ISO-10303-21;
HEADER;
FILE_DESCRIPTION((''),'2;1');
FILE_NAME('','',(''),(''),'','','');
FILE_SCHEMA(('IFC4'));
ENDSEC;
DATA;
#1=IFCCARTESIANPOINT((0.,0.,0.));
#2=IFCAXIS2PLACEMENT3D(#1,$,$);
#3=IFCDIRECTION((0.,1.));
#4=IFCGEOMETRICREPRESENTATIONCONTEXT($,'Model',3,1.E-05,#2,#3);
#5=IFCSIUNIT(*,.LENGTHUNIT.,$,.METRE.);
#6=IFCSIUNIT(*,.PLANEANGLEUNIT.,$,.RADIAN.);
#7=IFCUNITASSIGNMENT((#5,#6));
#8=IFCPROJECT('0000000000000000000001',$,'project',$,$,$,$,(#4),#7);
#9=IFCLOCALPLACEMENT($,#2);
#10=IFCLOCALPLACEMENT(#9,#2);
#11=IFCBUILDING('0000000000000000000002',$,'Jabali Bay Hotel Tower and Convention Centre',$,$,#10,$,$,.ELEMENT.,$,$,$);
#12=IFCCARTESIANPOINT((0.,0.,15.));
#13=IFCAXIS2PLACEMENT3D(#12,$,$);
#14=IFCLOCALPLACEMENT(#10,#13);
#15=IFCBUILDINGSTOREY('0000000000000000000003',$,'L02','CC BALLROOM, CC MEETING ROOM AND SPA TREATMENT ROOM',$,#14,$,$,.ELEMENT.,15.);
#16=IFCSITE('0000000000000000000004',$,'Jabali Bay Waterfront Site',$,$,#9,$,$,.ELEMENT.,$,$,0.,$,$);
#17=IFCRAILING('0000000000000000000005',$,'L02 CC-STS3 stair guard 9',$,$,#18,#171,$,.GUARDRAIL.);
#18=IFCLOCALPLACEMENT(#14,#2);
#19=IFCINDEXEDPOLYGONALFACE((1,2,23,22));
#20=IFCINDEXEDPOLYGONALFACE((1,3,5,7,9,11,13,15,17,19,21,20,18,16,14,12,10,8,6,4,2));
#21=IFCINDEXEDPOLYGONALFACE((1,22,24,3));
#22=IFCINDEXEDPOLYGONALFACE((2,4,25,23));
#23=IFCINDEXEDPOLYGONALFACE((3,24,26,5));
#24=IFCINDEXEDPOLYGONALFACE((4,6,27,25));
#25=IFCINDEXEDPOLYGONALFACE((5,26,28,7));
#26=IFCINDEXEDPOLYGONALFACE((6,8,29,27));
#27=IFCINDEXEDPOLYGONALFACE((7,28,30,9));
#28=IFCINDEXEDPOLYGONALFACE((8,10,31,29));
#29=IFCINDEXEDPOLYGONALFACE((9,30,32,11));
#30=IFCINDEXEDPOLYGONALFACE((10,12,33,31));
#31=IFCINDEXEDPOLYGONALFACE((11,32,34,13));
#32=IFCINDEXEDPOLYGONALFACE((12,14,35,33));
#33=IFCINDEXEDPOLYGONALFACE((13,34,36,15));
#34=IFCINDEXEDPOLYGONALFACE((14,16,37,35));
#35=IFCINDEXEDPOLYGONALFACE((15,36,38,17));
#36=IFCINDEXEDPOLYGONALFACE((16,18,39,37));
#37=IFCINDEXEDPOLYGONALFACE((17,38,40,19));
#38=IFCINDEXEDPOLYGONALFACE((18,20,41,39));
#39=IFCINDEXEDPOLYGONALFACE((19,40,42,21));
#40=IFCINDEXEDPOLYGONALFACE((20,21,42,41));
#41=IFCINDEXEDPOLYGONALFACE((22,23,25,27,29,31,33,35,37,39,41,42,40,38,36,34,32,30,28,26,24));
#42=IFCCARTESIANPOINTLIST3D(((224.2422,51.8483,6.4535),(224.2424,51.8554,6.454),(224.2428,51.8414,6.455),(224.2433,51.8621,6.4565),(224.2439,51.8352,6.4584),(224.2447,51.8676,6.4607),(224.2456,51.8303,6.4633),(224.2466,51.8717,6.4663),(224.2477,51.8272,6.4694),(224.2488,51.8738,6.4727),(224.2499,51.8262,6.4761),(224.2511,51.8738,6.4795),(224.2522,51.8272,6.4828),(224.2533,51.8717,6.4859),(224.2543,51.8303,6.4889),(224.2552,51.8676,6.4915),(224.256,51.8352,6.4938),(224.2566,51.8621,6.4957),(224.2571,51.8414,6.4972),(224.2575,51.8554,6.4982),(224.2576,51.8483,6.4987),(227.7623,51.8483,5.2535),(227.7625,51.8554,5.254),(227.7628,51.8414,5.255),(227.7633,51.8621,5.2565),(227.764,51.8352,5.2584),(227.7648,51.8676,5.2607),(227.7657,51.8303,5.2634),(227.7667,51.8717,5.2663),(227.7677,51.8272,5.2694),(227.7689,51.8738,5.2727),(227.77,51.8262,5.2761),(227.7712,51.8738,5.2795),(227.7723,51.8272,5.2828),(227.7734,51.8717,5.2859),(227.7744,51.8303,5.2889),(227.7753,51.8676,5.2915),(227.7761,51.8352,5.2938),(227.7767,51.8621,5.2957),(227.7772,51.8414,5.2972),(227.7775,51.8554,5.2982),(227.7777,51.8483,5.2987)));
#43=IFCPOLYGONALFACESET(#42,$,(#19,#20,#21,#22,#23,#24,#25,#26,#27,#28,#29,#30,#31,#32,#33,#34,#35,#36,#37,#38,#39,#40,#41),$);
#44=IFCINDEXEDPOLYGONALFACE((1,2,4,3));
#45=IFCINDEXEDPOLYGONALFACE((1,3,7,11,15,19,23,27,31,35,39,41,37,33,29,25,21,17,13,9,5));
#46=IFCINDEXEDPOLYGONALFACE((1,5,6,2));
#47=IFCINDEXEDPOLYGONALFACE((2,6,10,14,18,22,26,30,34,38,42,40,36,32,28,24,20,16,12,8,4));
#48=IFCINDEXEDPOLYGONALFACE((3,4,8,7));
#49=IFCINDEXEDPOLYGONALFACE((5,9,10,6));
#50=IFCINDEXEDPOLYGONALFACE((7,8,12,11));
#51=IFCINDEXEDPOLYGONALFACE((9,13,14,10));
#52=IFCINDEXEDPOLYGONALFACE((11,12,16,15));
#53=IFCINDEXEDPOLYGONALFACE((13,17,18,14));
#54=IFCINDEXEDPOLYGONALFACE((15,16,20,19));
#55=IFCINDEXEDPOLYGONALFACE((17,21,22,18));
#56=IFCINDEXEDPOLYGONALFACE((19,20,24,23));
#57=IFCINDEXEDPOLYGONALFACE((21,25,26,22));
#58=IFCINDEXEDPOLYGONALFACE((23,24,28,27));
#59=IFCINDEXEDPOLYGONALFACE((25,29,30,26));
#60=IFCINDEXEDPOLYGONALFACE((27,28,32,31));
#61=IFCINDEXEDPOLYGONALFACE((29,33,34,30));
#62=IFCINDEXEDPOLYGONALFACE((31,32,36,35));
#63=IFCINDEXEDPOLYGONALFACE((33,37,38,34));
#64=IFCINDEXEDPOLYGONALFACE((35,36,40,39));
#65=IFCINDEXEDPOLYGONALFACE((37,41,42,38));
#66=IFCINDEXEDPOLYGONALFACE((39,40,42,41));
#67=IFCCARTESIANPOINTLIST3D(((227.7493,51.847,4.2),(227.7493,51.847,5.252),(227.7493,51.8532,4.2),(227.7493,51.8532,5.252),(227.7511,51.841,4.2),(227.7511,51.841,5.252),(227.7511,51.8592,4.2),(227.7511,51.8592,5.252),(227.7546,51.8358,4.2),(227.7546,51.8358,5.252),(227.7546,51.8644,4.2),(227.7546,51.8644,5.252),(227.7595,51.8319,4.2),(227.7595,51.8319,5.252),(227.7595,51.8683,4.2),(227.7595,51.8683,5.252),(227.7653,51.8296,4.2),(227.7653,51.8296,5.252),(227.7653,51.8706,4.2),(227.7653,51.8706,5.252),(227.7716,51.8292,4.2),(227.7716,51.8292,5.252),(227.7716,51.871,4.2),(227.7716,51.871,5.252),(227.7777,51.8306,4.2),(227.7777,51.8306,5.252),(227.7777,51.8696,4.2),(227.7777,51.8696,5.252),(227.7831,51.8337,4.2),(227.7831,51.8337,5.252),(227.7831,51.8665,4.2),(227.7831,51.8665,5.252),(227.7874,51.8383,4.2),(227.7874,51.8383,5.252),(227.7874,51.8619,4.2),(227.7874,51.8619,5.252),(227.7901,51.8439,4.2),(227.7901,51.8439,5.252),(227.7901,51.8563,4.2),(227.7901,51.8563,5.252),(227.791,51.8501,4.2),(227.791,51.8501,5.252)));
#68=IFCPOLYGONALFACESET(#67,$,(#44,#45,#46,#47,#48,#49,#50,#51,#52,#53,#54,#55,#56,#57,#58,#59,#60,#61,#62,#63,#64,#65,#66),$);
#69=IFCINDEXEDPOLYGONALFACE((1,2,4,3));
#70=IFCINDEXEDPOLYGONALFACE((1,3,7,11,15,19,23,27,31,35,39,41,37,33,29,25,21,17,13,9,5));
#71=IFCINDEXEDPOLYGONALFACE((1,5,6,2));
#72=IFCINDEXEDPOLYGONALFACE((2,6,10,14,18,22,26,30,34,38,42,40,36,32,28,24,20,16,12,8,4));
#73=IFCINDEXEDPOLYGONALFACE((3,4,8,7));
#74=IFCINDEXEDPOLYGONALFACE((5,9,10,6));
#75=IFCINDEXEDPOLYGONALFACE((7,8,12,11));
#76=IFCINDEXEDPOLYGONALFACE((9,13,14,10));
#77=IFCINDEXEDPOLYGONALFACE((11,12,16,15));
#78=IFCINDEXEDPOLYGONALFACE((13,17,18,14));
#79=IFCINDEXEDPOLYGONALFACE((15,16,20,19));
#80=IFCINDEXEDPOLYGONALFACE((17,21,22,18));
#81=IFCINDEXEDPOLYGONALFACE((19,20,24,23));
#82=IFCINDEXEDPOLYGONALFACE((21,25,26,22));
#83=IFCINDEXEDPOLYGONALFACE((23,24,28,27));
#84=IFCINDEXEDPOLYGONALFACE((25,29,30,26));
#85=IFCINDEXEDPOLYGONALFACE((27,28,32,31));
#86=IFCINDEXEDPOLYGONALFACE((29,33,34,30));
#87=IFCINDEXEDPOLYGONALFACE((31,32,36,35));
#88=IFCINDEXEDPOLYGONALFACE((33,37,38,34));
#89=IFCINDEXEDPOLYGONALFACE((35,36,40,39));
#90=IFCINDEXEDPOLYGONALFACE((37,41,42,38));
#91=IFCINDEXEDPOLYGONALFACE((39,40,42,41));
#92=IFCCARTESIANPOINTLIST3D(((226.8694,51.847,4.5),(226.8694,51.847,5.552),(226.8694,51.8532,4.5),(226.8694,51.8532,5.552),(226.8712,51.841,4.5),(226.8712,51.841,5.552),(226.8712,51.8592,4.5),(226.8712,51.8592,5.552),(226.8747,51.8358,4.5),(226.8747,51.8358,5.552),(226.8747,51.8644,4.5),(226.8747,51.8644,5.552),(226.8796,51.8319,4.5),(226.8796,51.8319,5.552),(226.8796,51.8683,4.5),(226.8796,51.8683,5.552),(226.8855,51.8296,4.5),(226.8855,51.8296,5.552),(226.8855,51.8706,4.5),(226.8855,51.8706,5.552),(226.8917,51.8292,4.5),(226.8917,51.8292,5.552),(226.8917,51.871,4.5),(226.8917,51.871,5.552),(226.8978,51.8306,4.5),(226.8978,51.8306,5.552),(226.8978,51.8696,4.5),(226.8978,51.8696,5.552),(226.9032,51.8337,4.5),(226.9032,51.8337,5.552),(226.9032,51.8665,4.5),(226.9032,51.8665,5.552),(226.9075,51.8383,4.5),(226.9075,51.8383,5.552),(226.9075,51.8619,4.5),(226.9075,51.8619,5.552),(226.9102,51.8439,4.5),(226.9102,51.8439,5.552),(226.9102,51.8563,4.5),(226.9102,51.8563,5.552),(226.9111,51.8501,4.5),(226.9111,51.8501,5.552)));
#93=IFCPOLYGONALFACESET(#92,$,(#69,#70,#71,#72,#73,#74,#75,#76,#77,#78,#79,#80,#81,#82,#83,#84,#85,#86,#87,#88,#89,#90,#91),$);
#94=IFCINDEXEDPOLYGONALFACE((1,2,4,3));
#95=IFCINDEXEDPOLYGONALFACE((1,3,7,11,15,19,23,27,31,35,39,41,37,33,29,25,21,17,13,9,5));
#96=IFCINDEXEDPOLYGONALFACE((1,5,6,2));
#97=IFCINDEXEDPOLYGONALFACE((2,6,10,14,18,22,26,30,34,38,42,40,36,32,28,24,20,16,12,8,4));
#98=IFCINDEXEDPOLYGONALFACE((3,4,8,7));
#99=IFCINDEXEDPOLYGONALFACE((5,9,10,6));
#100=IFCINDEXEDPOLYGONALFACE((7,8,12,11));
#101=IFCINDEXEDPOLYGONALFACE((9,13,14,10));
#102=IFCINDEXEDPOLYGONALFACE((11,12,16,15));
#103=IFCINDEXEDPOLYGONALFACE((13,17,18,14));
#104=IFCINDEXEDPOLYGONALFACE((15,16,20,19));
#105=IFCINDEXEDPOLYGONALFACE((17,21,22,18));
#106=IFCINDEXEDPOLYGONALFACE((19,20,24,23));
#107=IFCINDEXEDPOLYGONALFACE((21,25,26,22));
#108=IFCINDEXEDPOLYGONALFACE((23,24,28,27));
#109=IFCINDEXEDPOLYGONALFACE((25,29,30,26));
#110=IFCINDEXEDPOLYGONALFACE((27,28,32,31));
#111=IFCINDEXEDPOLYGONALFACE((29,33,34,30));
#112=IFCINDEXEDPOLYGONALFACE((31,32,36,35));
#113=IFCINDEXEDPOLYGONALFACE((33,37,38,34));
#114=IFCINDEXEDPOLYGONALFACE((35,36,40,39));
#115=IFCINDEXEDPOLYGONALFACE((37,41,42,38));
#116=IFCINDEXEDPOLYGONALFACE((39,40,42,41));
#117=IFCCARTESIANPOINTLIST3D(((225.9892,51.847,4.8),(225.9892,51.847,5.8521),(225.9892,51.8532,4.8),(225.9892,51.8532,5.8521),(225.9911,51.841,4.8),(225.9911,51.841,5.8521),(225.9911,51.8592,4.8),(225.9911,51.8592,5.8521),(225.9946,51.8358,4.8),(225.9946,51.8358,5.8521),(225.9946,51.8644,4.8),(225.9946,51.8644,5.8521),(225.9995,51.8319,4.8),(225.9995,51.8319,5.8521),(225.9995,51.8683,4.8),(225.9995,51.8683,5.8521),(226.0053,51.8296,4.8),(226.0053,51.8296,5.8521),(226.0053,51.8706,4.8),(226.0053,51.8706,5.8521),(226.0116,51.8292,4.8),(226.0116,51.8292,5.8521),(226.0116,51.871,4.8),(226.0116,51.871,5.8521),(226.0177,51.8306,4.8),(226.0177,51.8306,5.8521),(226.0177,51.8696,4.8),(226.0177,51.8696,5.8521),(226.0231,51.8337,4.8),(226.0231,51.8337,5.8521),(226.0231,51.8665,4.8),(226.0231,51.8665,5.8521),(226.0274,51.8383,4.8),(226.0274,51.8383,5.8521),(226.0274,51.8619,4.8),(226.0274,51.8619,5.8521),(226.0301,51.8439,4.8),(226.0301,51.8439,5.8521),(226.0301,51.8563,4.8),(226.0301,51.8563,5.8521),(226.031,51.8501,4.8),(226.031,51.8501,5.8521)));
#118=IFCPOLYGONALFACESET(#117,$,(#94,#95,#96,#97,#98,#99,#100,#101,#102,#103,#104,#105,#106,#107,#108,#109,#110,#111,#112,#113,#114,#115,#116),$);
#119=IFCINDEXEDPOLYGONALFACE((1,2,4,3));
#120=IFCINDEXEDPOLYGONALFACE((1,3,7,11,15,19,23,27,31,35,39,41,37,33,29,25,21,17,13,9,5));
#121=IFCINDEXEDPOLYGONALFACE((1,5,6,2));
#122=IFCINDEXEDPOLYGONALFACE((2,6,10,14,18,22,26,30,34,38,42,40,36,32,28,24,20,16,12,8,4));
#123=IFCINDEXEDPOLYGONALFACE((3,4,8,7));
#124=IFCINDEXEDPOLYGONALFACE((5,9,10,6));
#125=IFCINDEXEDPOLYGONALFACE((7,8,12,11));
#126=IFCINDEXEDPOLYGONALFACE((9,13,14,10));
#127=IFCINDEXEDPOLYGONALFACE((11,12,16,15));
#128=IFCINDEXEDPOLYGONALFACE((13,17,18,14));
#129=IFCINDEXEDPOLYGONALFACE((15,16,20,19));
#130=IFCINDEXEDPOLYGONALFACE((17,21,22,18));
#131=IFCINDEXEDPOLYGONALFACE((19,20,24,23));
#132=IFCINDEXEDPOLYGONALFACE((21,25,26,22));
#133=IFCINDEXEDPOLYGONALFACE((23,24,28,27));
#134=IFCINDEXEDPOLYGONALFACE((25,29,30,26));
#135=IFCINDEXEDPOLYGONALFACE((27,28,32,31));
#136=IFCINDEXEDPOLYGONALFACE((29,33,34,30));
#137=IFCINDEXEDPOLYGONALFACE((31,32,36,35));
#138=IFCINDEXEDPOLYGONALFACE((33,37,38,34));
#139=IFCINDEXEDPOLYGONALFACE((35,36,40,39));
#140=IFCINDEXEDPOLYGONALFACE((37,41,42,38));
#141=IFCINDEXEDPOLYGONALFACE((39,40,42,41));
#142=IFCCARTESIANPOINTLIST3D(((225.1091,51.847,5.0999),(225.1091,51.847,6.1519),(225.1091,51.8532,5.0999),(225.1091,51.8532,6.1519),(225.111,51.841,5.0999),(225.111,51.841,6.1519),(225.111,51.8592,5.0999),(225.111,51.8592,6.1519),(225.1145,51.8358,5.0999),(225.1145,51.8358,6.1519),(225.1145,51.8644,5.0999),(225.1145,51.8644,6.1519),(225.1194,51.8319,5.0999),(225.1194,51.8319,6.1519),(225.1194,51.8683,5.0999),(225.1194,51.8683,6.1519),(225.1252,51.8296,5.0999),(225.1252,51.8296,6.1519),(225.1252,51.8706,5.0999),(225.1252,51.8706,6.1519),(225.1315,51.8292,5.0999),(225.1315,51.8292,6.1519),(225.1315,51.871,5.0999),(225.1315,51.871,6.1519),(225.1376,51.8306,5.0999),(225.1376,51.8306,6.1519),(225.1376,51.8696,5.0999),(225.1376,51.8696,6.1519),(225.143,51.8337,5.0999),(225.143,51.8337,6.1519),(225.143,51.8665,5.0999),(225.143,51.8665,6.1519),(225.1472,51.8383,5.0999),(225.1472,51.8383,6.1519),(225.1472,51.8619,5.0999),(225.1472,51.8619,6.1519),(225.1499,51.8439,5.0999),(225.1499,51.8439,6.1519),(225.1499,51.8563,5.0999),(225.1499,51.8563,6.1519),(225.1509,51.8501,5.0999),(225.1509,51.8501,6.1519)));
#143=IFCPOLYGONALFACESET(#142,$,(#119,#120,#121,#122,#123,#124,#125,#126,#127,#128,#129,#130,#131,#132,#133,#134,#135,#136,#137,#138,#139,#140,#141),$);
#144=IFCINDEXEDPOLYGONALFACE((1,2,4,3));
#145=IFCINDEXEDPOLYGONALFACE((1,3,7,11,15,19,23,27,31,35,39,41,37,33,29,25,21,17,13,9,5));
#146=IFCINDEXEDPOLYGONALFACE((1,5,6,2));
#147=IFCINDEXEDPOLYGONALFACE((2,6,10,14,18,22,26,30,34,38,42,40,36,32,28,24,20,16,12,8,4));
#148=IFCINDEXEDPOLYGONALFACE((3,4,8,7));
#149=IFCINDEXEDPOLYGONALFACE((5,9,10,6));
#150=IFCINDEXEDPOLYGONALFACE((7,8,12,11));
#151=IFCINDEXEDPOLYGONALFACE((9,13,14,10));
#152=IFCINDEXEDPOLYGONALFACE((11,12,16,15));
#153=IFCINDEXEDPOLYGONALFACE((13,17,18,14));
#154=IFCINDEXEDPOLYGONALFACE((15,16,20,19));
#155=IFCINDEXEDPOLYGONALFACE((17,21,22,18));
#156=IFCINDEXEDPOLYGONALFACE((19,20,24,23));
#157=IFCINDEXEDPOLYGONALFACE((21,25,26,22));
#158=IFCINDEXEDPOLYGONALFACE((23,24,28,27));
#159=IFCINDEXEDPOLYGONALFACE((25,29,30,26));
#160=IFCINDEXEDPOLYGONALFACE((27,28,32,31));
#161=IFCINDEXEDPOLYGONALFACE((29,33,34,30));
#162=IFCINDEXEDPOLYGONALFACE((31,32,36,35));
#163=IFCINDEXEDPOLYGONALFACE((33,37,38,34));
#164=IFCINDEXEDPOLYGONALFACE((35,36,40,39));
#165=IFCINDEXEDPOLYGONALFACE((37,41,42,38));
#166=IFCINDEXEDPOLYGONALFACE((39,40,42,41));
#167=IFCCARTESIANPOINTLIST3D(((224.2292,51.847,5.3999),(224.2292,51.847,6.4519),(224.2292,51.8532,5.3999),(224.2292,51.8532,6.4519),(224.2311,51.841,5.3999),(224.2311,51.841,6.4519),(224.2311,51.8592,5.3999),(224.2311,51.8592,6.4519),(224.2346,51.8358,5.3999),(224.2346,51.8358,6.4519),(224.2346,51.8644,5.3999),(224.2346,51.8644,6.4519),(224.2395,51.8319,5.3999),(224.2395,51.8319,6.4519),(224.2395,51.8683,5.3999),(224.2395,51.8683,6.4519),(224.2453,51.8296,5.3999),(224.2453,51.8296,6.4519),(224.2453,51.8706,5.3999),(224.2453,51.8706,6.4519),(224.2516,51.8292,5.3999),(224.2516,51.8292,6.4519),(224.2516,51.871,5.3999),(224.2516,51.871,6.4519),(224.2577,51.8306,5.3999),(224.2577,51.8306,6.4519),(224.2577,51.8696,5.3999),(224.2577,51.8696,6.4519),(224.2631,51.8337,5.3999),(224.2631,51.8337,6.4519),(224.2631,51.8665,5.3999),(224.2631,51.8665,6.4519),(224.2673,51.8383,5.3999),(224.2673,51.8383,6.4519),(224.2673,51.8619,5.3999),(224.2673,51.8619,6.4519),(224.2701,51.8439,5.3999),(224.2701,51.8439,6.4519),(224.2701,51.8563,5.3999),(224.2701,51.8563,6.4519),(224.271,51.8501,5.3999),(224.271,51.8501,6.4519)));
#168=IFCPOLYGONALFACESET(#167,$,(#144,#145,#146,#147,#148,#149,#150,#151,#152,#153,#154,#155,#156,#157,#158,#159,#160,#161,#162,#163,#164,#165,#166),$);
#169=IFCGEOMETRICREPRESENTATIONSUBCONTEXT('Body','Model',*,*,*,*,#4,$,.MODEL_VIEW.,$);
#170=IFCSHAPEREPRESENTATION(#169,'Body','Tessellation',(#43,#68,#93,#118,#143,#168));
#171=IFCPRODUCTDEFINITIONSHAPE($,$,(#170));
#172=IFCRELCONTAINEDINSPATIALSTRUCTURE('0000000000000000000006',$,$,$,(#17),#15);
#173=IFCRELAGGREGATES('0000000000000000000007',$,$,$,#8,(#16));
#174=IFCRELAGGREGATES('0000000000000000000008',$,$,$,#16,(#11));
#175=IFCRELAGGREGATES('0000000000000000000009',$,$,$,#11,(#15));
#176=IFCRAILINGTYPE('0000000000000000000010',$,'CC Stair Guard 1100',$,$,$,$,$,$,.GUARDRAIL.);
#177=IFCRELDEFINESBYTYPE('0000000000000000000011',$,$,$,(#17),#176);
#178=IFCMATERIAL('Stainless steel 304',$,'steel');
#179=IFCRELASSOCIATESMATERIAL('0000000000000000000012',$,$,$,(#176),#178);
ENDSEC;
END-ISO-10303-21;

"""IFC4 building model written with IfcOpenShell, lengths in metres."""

from ifc_helpers import new_model, si_unit, direction, frame, origin, origin_2d, place, context, subcontext, project, spatial, circle, extrude, material, type_object, element, save


model = new_model("IFC4")

# Units and contexts
model_context = context("Model", 3, precision=1e-05, world=origin(), true_north=direction((0.0, 1.0)))
body_context = subcontext(model_context, "Body", "Model", "MODEL_VIEW")
ifc_project = project(units=[si_unit("LENGTHUNIT", "METRE"), si_unit("PLANEANGLEUNIT", "RADIAN")], contexts=[model_context])

# Site, building, storey
site_placement = place(None, origin())
site = spatial("IfcSite", under=ifc_project, at=site_placement, Name="Jabali Bay Waterfront Site", CompositionType="ELEMENT", RefElevation=0.0)
building_placement = place(site_placement, origin())
building = spatial("IfcBuilding", under=site, at=building_placement, Name="Jabali Bay Hotel Tower and Convention Centre", CompositionType="ELEMENT")
storey_placement = place(building_placement, frame((0.0, 0.0, 15.0)))
storey = spatial("IfcBuildingStorey", under=building, at=storey_placement, Name="L02", Description="CC BALLROOM, CC MEETING ROOM AND SPA TREATMENT ROOM", CompositionType="ELEMENT", Elevation=15.0)

# Railing
ifc_material_1 = material(Name="Stainless steel 304", Category="steel")
railing_type_1 = type_object("IfcRailingType", Name="CC Stair Guard 1100", PredefinedType="GUARDRAIL", material=ifc_material_1)
railing_1_placement = place(storey_placement, frame((227.77, 51.8501, 4.2)))
element("IfcRailing", 1, at=railing_1_placement, inside=storey, type_object=railing_type_1, Name="L02 CC-STS3 stair guard 9", PredefinedType="GUARDRAIL", context=body_context, shape_type="SweptSolid", body=[
    extrude(circle(Radius=0.0239, at=origin_2d()), frame((0.0, 0.0, 1.0762), z_axis=(-0.946515, 0.0, 0.322661), x_axis=(0.0, -1.0, 0.0)), (0.0, 0.0, 1.0), 3.719),
    extrude(circle(Radius=0.021, at=origin_2d()), origin(), (0.0, 0.0, 1.0), 1.052),
    extrude(circle(Radius=0.021, at=origin_2d()), frame((-0.8799, 0.0, 0.3)), (0.0, 0.0, 1.0), 1.052),
    extrude(circle(Radius=0.021, at=origin_2d()), frame((-1.76, 0.0, 0.6001)), (0.0, 0.0, 1.0), 1.052),
    extrude(circle(Radius=0.021, at=origin_2d()), frame((-2.6401, 0.0, 0.8999)), (0.0, 0.0, 1.0), 1.052),
    extrude(circle(Radius=0.021, at=origin_2d()), frame((-3.52, 0.0, 1.2)), (0.0, 0.0, 1.0), 1.052),
])

save(model, "model.ifc")
